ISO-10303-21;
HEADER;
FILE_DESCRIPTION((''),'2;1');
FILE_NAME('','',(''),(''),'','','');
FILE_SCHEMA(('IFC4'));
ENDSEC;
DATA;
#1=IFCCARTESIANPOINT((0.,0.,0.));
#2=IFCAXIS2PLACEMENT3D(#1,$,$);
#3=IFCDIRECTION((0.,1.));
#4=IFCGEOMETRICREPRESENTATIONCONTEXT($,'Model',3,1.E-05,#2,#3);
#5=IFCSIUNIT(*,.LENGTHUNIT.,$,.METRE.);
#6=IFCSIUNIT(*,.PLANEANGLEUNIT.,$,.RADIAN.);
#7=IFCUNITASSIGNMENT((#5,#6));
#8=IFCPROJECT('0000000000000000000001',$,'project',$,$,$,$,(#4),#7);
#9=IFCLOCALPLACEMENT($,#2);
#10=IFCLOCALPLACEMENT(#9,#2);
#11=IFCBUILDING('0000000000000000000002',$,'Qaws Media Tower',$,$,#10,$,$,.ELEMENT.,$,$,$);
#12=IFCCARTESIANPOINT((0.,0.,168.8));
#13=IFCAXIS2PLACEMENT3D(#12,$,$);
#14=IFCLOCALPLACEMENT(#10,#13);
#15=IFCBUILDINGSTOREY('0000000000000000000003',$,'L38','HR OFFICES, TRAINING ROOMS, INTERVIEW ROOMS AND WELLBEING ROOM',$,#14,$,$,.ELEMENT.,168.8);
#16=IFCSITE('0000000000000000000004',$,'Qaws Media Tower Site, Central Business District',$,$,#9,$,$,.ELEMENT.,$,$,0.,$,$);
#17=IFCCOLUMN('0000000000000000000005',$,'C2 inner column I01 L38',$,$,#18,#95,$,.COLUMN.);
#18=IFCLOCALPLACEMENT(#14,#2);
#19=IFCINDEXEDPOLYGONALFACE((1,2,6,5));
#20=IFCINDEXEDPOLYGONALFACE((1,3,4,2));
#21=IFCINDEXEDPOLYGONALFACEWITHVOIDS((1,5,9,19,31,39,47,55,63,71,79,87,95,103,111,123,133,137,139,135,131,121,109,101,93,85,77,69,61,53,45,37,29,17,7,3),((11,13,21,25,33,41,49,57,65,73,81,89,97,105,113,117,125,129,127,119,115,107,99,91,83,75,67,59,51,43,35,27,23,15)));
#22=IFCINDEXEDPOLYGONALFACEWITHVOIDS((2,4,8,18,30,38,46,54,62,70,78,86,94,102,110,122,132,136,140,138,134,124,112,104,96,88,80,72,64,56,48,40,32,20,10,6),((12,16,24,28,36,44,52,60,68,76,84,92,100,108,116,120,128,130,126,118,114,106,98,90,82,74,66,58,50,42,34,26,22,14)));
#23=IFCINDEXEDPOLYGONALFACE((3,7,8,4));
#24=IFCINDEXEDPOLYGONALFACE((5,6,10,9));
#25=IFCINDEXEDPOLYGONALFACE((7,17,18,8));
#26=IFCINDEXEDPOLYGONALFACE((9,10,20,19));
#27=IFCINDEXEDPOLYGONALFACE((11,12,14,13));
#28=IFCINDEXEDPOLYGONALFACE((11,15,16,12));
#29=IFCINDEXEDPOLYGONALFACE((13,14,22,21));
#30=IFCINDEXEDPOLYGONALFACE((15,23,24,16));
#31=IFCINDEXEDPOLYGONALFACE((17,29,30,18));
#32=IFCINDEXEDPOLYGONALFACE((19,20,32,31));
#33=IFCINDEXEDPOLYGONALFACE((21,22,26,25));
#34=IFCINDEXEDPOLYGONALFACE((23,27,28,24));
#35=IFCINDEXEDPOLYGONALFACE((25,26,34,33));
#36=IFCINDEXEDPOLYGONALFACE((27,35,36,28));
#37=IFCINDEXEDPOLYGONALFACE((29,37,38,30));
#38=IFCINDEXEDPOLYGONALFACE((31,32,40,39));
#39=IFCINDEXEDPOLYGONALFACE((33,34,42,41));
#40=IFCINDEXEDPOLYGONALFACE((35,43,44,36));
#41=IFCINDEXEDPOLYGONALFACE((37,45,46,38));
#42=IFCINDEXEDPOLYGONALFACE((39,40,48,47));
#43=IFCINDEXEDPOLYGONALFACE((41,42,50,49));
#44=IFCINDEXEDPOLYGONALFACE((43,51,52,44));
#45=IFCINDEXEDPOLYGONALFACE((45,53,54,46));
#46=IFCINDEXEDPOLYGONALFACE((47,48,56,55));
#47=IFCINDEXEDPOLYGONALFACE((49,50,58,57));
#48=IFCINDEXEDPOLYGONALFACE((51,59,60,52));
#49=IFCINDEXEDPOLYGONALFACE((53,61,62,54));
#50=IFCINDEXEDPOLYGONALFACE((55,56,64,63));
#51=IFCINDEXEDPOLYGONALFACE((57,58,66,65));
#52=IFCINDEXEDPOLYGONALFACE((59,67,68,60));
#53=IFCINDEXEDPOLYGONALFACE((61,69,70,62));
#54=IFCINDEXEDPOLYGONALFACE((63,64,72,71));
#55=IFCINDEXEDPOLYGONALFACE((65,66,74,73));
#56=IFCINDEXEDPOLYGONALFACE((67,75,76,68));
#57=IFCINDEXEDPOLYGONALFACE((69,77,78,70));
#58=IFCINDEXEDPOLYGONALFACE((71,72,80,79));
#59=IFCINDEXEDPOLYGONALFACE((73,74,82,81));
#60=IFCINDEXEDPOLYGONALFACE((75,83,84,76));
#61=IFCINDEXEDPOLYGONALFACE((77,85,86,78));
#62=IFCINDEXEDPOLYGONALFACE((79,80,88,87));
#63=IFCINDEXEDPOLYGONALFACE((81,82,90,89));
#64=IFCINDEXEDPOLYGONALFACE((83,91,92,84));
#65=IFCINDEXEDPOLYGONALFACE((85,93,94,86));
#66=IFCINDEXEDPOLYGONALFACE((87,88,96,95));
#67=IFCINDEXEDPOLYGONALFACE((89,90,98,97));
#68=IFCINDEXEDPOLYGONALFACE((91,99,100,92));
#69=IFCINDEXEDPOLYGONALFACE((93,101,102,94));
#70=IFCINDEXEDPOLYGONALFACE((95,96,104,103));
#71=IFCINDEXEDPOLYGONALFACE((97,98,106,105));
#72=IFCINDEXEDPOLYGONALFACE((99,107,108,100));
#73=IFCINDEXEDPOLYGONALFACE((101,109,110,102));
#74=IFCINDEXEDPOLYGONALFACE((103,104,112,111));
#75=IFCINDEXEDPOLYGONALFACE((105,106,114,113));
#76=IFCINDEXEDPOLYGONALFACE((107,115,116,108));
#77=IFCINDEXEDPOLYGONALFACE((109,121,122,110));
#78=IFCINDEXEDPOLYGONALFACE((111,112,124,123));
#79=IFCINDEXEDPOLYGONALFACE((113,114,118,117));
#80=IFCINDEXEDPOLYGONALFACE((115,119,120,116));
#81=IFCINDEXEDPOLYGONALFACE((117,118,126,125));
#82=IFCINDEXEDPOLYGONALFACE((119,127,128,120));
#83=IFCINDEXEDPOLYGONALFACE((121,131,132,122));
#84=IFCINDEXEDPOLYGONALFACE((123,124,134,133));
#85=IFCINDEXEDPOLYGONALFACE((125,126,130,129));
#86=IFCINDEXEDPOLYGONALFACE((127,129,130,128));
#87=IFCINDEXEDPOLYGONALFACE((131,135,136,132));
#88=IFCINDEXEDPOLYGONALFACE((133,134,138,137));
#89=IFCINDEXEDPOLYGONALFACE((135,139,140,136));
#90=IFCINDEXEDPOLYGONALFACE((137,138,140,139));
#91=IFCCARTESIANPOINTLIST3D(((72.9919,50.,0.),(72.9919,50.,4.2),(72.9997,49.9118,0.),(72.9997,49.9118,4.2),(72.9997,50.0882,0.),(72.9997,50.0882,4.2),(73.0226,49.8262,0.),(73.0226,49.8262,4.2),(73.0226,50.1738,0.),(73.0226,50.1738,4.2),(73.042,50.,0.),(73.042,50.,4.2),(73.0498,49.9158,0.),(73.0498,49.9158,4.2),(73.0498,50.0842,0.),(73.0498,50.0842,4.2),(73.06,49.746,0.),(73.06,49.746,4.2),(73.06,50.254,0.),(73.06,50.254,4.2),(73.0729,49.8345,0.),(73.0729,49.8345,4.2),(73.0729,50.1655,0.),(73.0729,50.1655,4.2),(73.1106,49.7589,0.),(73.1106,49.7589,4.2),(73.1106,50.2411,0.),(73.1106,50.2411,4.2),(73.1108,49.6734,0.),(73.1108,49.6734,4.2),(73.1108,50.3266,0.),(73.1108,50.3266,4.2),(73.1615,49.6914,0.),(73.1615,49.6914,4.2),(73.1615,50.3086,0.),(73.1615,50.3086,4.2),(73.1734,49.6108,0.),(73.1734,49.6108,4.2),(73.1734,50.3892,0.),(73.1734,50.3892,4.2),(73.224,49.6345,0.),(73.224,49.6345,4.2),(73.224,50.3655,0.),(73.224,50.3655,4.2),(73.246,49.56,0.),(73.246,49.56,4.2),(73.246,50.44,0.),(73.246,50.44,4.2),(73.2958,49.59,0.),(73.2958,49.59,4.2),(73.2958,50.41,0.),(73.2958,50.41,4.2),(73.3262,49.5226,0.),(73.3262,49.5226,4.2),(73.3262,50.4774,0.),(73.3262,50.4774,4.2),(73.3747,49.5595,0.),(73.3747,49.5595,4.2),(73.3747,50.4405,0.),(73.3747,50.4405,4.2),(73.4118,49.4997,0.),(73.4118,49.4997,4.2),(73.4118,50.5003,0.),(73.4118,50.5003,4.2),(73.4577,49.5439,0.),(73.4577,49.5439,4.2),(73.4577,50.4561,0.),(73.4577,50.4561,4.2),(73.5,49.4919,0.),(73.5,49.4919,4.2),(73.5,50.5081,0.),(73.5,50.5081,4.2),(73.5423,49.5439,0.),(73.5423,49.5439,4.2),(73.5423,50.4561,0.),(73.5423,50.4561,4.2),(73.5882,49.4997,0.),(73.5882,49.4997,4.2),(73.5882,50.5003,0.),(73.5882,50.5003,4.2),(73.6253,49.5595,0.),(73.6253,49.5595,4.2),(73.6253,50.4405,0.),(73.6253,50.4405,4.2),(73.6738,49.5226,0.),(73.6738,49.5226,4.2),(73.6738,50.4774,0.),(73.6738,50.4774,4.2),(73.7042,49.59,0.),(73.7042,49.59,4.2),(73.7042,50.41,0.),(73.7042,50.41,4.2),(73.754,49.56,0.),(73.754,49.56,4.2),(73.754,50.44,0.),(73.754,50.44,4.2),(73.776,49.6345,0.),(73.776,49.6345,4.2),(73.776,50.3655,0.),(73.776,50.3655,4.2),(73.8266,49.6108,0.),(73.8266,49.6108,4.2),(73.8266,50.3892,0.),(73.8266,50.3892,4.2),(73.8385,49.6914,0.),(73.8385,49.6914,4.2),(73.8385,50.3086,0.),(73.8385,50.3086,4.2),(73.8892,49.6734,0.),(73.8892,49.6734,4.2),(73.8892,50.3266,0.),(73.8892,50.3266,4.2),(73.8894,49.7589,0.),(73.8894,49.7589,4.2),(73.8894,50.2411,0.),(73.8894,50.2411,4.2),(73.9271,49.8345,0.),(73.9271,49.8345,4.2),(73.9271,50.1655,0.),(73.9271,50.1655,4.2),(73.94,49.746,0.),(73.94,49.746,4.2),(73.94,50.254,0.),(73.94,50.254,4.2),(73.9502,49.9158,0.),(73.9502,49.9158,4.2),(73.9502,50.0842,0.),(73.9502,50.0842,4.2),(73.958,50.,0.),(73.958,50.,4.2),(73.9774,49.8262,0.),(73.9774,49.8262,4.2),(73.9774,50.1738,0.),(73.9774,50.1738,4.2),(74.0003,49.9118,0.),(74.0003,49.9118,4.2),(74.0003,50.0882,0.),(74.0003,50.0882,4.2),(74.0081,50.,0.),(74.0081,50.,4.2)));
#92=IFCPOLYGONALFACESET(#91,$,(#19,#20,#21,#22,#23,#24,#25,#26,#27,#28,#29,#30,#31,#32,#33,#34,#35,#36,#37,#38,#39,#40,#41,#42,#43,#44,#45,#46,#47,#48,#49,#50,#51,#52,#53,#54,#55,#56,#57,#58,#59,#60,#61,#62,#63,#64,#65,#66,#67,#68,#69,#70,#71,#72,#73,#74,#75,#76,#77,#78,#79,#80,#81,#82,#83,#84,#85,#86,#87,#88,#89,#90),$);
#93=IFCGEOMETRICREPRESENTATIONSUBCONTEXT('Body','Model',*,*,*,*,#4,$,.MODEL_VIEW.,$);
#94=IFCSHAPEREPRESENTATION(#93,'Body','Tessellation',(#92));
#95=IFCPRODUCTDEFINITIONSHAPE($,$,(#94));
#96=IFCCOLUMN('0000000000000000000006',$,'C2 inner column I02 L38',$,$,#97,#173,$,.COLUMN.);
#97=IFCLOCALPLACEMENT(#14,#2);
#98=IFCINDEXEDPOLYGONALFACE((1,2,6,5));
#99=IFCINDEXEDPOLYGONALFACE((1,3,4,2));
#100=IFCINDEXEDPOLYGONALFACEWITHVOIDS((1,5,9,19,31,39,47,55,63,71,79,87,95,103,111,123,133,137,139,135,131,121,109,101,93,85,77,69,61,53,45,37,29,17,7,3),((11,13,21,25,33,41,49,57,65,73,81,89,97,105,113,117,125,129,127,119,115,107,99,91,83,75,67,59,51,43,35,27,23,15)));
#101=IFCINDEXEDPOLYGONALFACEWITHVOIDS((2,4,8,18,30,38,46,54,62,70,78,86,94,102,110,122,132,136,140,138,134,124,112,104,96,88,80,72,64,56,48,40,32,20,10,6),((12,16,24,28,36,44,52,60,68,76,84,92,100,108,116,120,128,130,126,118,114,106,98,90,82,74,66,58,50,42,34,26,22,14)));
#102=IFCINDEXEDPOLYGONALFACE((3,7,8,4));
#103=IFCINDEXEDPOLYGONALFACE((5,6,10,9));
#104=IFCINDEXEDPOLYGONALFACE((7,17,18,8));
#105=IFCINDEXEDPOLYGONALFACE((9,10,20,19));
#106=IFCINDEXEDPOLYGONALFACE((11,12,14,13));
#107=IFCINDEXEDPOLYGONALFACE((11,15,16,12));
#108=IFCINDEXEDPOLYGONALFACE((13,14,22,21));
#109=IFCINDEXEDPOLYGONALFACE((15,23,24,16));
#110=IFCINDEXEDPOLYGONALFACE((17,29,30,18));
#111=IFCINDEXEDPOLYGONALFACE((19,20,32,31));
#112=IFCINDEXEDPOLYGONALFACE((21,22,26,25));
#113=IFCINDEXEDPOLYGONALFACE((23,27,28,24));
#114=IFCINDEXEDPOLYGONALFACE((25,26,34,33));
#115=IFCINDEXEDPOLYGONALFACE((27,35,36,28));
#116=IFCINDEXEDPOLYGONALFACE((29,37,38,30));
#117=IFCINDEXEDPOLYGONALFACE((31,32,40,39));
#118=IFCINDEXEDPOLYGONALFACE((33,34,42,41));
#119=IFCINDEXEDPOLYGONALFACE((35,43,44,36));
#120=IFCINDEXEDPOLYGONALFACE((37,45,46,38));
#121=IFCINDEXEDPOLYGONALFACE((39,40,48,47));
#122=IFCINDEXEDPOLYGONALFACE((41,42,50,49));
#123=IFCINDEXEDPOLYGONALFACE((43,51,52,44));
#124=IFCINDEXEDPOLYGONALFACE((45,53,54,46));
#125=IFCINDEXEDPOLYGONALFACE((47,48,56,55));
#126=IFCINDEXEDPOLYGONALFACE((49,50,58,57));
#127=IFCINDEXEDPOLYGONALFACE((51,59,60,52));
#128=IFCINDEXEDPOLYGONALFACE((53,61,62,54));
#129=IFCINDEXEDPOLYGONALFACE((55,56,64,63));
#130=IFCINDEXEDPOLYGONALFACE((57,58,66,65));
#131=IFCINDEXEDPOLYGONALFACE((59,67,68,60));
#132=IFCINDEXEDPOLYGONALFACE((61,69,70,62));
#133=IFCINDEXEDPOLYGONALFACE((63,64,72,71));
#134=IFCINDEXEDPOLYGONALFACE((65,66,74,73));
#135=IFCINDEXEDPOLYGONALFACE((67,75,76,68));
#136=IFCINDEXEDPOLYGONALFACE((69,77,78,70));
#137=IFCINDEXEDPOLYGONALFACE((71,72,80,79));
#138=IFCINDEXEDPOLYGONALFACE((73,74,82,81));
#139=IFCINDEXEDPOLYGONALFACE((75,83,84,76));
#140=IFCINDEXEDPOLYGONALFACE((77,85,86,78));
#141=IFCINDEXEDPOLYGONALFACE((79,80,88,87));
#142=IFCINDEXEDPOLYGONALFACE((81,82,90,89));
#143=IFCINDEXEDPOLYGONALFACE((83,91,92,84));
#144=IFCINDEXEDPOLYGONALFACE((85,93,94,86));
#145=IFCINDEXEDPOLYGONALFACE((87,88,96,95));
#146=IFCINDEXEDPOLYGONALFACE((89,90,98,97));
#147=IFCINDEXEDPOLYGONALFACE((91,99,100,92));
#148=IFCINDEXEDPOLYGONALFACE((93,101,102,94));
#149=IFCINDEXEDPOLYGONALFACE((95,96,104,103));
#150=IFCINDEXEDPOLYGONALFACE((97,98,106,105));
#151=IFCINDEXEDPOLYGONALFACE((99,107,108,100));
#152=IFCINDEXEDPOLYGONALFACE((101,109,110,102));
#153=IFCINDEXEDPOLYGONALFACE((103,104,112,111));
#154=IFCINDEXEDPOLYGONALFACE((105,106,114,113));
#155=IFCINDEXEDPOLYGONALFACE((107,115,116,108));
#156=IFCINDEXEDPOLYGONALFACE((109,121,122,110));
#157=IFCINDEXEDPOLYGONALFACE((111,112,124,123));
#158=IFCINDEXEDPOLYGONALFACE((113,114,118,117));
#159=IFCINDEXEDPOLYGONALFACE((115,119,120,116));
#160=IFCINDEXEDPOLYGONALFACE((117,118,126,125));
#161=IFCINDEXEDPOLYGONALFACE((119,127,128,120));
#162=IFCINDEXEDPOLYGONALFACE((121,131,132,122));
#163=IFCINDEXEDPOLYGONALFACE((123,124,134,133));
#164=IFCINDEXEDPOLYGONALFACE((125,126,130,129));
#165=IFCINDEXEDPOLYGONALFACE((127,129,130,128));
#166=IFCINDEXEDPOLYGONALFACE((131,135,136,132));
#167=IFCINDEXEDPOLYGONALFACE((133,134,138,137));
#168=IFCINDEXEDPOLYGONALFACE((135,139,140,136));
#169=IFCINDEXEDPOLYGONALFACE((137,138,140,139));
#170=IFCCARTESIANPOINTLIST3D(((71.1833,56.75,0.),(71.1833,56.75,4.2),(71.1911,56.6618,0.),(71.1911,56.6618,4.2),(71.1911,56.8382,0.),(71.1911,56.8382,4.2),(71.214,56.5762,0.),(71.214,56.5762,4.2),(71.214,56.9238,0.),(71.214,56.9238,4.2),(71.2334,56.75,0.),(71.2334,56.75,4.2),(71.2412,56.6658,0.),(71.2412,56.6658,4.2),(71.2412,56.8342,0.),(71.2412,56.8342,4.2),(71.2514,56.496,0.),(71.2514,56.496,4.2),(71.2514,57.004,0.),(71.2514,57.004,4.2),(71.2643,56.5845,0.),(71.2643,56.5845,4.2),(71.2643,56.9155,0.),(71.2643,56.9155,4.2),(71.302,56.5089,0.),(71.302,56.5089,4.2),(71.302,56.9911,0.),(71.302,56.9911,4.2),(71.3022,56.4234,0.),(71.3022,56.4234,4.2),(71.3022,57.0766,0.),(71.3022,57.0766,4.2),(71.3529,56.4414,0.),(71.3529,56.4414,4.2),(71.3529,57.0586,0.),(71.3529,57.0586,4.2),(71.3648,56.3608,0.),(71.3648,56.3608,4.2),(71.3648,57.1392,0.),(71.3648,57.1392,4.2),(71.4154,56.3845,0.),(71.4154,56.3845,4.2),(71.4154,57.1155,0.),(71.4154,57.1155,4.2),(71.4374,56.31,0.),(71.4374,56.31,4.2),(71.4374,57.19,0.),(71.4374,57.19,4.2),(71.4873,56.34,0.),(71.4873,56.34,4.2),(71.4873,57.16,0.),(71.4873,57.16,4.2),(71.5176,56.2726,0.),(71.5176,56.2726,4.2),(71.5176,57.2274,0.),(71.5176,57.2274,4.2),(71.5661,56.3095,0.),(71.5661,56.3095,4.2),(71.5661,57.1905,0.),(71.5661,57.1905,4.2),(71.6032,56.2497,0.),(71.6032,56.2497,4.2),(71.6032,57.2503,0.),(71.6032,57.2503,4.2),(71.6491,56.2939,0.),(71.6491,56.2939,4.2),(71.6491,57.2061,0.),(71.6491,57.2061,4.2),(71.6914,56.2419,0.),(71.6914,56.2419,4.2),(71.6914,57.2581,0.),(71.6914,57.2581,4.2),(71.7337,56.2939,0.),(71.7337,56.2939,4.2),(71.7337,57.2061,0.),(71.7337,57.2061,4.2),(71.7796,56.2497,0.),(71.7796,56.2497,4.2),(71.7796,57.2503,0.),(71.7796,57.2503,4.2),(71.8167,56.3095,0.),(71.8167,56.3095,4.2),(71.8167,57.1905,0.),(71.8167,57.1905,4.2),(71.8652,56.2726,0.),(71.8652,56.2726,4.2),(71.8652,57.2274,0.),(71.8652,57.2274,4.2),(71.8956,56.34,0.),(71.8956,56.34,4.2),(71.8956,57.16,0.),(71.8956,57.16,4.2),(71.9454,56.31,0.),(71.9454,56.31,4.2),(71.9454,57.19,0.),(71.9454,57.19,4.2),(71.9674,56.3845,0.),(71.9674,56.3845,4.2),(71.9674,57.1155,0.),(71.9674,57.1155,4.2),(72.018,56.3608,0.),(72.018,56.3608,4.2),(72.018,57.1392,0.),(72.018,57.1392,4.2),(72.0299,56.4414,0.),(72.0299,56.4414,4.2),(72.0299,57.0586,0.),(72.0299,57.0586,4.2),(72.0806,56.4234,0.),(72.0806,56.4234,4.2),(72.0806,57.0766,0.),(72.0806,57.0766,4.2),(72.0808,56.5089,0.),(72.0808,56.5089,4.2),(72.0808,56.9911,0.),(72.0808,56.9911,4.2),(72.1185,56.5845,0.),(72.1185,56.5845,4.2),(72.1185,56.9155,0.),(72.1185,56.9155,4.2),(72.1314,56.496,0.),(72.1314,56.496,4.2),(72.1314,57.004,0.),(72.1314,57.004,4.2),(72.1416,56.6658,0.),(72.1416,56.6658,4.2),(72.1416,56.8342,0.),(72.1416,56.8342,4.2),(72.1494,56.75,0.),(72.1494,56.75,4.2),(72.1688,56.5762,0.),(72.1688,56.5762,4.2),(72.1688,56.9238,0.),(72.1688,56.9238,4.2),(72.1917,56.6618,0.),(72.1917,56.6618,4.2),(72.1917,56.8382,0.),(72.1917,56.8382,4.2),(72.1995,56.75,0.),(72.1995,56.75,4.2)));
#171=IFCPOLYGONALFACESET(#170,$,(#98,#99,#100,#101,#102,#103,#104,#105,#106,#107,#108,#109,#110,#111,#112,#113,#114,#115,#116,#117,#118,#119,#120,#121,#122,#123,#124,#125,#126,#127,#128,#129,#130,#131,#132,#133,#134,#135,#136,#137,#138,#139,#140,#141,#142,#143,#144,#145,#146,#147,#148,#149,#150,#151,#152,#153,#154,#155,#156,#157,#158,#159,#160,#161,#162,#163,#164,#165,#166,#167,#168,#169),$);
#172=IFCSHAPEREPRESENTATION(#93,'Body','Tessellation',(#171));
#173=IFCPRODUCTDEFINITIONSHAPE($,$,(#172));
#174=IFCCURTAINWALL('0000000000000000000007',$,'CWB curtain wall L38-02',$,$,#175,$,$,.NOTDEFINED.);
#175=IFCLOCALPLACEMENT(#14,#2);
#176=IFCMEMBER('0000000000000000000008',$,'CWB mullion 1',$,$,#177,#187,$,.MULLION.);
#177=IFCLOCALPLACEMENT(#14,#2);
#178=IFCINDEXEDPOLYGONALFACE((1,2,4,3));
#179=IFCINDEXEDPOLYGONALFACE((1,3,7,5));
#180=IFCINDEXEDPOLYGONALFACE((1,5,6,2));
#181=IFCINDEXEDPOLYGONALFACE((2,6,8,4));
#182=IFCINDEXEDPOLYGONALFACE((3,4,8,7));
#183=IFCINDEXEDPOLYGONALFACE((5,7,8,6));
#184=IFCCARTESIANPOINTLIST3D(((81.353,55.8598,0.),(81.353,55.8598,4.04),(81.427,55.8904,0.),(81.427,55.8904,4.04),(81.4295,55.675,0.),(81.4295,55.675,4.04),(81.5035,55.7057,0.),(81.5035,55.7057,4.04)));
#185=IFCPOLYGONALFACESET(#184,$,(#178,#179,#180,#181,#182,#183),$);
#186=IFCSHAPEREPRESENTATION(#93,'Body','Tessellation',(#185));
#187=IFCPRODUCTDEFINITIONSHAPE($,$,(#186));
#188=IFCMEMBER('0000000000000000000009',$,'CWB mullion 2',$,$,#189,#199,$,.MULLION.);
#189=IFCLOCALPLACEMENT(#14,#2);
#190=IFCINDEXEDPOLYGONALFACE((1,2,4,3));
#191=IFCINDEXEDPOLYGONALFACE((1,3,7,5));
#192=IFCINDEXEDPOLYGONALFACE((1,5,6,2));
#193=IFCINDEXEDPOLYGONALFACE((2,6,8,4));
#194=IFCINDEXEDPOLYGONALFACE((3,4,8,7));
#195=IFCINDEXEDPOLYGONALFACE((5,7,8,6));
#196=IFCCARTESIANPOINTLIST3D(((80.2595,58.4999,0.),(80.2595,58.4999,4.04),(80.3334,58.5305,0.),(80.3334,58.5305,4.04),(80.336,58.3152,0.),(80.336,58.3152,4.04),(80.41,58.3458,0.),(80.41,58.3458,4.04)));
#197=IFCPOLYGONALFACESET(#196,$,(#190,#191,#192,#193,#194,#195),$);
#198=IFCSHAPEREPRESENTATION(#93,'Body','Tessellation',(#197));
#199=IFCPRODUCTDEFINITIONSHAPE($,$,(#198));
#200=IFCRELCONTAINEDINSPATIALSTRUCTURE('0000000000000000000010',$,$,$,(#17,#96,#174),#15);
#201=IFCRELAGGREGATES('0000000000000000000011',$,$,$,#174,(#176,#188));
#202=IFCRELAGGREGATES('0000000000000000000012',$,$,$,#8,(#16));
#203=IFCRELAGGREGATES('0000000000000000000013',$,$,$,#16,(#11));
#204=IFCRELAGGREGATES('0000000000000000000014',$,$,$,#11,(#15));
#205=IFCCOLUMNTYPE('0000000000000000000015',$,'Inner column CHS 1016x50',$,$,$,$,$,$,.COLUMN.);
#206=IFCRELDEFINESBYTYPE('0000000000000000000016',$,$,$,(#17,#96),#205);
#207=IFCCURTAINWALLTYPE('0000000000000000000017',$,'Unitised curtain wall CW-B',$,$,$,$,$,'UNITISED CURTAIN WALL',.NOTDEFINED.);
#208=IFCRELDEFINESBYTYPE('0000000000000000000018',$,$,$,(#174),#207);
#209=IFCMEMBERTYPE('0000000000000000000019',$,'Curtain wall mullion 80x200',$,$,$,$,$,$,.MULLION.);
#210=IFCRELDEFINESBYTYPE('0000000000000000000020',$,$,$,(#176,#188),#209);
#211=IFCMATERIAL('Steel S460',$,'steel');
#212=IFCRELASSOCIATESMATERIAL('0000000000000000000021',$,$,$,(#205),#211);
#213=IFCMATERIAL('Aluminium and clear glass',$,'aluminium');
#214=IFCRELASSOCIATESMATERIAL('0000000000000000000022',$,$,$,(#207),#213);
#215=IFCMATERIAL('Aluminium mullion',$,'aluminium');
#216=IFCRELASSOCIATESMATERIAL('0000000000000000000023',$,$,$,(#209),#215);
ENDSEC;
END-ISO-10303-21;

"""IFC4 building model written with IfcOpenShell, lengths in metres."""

from ifc_helpers import new_model, si_unit, direction, frame, origin, origin_2d, place, context, subcontext, project, spatial, rectangle, hollow_circle, extrude, material, material_profile, profile_set, type_object, element, aggregate, save


model = new_model("IFC4")

# Units and contexts
model_context = context("Model", 3, precision=1e-05, world=origin(), true_north=direction((0.0, 1.0)))
body_context = subcontext(model_context, "Body", "Model", "MODEL_VIEW")
ifc_project = project(units=[si_unit("LENGTHUNIT", "METRE"), si_unit("PLANEANGLEUNIT", "RADIAN")], contexts=[model_context])

# Site, building, storey
site_placement = place(None, origin())
site = spatial("IfcSite", under=ifc_project, at=site_placement, Name="Qaws Media Tower Site, Central Business District", CompositionType="ELEMENT", RefElevation=0.0)
building_placement = place(site_placement, origin())
building = spatial("IfcBuilding", under=site, at=building_placement, Name="Qaws Media Tower", CompositionType="ELEMENT")
storey_placement = place(building_placement, frame((0.0, 0.0, 168.8)))
storey = spatial("IfcBuildingStorey", under=building, at=storey_placement, Name="L38", Description="HR OFFICES, TRAINING ROOMS, INTERVIEW ROOMS AND WELLBEING ROOM", CompositionType="ELEMENT", Elevation=168.8)

# Columns
ifc_material_1 = material(Name="Steel S460", Category="steel")
ifc_material_profile_1 = material_profile(ifc_material_1, hollow_circle(Radius=0.5081, WallThickness=0.05, at=origin_2d()), Name="CHS 1016x50")
ifc_profile_set_1 = profile_set([ifc_material_profile_1], Name="Steel S460")
column_type = type_object("IfcColumnType", Name="Inner column CHS 1016x50", PredefinedType="COLUMN", material=ifc_profile_set_1)
for number, where, z_axis, x_axis, name in (
    (1, (73.5, 50.0, 0.0), (0.0, 0.0, 1.0), (1.0, 0.0, 0.0), "C2 inner column I01 L38"),
    (2, (71.6914, 56.75, 0.0), (0.0, 0.0, 1.0), (1.0, 0.0, 0.0), "C2 inner column I02 L38"),
):
    element("IfcColumn", number, at=place(storey_placement, frame(where, z_axis=z_axis, x_axis=x_axis)), inside=storey, type_object=column_type, Name=name, PredefinedType="COLUMN", context=body_context, shape_type="SweptSolid", body=[
        extrude(hollow_circle(Radius=0.5081, WallThickness=0.05, at=origin_2d()), origin(), (0.0, 0.0, 1.0), 4.2),
    ])

# Curtain wall, members
ifc_material_2 = material(Name="Aluminium and clear glass", Category="aluminium")
curtain_wall_type = type_object("IfcCurtainWallType", Name="Unitised curtain wall CW-B", ElementType="UNITISED CURTAIN WALL", PredefinedType="NOTDEFINED", material=ifc_material_2)
curtain_wall_1_placement = place(storey_placement, origin())
curtain_wall_1 = element("IfcCurtainWall", 3, at=curtain_wall_1_placement, inside=storey, type_object=curtain_wall_type, Name="CWB curtain wall L38-02", PredefinedType="NOTDEFINED")
ifc_material_3 = material(Name="Aluminium mullion", Category="aluminium")
ifc_material_profile_2 = material_profile(ifc_material_3, rectangle(XDim=0.0801, YDim=0.2, at=origin_2d()), Name="80x200")
ifc_profile_set_2 = profile_set([ifc_material_profile_2], Name="Aluminium mullion")
member_type_1 = type_object("IfcMemberType", Name="Curtain wall mullion 80x200", PredefinedType="MULLION", material=ifc_profile_set_2)
member_1_placement = place(storey_placement, frame((81.4282, 55.7827, 0.0), z_axis=(0.0, 0.0, 1.0), x_axis=(-0.92388, -0.382683, 0.0)))
member_1 = element("IfcMember", 4, at=member_1_placement, type_object=member_type_1, Name="CWB mullion 1", PredefinedType="MULLION", context=body_context, shape_type="SweptSolid", body=[
    extrude(rectangle(XDim=0.0801, YDim=0.2, at=origin_2d()), origin(), (0.0, 0.0, 1.0), 4.04),
])
member_2_placement = place(storey_placement, frame((80.3347, 58.4229, 0.0), z_axis=(0.0, 0.0, 1.0), x_axis=(-0.92388, -0.382683, 0.0)))
member_2 = element("IfcMember", 5, at=member_2_placement, type_object=member_type_1, Name="CWB mullion 2", PredefinedType="MULLION", context=body_context, shape_type="SweptSolid", body=[
    extrude(rectangle(XDim=0.0801, YDim=0.2, at=origin_2d()), origin(), (0.0, 0.0, 1.0), 4.04),
])

aggregate(curtain_wall_1, [member_1, member_2])

save(model, "model.ifc")
